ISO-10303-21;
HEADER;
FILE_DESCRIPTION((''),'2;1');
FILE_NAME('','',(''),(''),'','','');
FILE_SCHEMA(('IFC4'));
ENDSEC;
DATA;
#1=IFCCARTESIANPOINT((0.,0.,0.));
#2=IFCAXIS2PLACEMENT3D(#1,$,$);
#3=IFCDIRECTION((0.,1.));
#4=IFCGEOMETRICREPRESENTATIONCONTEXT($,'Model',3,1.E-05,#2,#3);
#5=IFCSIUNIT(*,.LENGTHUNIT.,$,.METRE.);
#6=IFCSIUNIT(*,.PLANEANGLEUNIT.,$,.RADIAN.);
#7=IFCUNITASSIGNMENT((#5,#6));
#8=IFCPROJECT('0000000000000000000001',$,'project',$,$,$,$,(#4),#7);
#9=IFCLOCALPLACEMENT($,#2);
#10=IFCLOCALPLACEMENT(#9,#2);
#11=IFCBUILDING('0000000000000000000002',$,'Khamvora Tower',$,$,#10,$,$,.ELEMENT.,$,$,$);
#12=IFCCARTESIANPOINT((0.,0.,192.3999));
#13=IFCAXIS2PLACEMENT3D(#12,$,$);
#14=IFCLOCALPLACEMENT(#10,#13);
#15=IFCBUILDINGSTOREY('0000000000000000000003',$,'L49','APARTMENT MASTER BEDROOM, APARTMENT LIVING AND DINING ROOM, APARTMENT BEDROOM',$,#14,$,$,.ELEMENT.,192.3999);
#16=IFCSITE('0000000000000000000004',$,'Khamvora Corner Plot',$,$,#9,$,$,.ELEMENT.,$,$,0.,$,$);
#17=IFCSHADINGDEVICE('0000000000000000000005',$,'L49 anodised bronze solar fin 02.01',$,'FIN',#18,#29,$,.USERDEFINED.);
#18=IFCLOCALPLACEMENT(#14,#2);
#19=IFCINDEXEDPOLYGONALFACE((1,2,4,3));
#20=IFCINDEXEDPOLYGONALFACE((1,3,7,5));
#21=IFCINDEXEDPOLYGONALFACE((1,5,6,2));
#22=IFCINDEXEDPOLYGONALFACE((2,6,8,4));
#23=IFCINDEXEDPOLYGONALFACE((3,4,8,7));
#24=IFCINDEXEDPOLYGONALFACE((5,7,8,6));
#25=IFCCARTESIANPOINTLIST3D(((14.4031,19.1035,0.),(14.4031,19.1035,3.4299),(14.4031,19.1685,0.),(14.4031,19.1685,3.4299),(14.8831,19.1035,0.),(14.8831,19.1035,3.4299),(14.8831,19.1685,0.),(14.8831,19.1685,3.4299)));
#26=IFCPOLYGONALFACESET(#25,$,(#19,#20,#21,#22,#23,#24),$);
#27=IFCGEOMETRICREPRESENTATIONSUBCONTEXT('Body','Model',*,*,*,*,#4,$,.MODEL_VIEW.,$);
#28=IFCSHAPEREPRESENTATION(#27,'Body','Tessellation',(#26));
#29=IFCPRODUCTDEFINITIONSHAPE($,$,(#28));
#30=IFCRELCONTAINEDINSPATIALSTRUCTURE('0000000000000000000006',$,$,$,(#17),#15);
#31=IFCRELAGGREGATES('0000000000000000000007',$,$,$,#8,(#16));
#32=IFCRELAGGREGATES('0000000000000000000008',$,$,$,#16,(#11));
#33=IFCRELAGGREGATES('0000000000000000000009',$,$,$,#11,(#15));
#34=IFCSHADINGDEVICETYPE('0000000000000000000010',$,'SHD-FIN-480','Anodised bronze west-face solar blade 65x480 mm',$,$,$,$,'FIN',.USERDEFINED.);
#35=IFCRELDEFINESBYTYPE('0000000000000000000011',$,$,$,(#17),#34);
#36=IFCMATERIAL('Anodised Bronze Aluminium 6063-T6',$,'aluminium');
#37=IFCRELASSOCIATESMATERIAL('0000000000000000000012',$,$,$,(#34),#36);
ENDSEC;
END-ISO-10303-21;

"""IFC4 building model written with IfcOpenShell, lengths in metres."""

from ifc_helpers import new_model, si_unit, direction, frame, origin, origin_2d, place, context, subcontext, project, spatial, rectangle, extrude, material, type_object, element, save


model = new_model("IFC4")

# Units and contexts
model_context = context("Model", 3, precision=1e-05, world=origin(), true_north=direction((0.0, 1.0)))
body_context = subcontext(model_context, "Body", "Model", "MODEL_VIEW")
ifc_project = project(units=[si_unit("LENGTHUNIT", "METRE"), si_unit("PLANEANGLEUNIT", "RADIAN")], contexts=[model_context])

# Site, building, storey
site_placement = place(None, origin())
site = spatial("IfcSite", under=ifc_project, at=site_placement, Name="Khamvora Corner Plot", CompositionType="ELEMENT", RefElevation=0.0)
building_placement = place(site_placement, origin())
building = spatial("IfcBuilding", under=site, at=building_placement, Name="Khamvora Tower", CompositionType="ELEMENT")
storey_placement = place(building_placement, frame((0.0, 0.0, 192.3999)))
storey = spatial("IfcBuildingStorey", under=building, at=storey_placement, Name="L49", Description="APARTMENT MASTER BEDROOM, APARTMENT LIVING AND DINING ROOM, APARTMENT BEDROOM", CompositionType="ELEMENT", Elevation=192.3999)

# Shading device
ifc_material_1 = material(Name="Anodised Bronze Aluminium 6063-T6", Category="aluminium")
shading_device_type = type_object("IfcShadingDeviceType", Name="SHD-FIN-480", Description="Anodised bronze west-face solar blade 65x480 mm", ElementType="FIN", PredefinedType="USERDEFINED", material=ifc_material_1)
shading_device_placement = place(storey_placement, frame((14.6431, 19.136, 0.0), z_axis=(0.0, 0.0, 1.0), x_axis=(0.0, 1.0, 0.0)))
element("IfcShadingDevice", 1, at=shading_device_placement, inside=storey, type_object=shading_device_type, Name="L49 anodised bronze solar fin 02.01", ObjectType="FIN", PredefinedType="USERDEFINED", context=body_context, shape_type="SweptSolid", body=[
    extrude(rectangle(XDim=0.0649, YDim=0.48, at=origin_2d()), origin(), (0.0, 0.0, 1.0), 3.4299),
])

save(model, "model.ifc")
